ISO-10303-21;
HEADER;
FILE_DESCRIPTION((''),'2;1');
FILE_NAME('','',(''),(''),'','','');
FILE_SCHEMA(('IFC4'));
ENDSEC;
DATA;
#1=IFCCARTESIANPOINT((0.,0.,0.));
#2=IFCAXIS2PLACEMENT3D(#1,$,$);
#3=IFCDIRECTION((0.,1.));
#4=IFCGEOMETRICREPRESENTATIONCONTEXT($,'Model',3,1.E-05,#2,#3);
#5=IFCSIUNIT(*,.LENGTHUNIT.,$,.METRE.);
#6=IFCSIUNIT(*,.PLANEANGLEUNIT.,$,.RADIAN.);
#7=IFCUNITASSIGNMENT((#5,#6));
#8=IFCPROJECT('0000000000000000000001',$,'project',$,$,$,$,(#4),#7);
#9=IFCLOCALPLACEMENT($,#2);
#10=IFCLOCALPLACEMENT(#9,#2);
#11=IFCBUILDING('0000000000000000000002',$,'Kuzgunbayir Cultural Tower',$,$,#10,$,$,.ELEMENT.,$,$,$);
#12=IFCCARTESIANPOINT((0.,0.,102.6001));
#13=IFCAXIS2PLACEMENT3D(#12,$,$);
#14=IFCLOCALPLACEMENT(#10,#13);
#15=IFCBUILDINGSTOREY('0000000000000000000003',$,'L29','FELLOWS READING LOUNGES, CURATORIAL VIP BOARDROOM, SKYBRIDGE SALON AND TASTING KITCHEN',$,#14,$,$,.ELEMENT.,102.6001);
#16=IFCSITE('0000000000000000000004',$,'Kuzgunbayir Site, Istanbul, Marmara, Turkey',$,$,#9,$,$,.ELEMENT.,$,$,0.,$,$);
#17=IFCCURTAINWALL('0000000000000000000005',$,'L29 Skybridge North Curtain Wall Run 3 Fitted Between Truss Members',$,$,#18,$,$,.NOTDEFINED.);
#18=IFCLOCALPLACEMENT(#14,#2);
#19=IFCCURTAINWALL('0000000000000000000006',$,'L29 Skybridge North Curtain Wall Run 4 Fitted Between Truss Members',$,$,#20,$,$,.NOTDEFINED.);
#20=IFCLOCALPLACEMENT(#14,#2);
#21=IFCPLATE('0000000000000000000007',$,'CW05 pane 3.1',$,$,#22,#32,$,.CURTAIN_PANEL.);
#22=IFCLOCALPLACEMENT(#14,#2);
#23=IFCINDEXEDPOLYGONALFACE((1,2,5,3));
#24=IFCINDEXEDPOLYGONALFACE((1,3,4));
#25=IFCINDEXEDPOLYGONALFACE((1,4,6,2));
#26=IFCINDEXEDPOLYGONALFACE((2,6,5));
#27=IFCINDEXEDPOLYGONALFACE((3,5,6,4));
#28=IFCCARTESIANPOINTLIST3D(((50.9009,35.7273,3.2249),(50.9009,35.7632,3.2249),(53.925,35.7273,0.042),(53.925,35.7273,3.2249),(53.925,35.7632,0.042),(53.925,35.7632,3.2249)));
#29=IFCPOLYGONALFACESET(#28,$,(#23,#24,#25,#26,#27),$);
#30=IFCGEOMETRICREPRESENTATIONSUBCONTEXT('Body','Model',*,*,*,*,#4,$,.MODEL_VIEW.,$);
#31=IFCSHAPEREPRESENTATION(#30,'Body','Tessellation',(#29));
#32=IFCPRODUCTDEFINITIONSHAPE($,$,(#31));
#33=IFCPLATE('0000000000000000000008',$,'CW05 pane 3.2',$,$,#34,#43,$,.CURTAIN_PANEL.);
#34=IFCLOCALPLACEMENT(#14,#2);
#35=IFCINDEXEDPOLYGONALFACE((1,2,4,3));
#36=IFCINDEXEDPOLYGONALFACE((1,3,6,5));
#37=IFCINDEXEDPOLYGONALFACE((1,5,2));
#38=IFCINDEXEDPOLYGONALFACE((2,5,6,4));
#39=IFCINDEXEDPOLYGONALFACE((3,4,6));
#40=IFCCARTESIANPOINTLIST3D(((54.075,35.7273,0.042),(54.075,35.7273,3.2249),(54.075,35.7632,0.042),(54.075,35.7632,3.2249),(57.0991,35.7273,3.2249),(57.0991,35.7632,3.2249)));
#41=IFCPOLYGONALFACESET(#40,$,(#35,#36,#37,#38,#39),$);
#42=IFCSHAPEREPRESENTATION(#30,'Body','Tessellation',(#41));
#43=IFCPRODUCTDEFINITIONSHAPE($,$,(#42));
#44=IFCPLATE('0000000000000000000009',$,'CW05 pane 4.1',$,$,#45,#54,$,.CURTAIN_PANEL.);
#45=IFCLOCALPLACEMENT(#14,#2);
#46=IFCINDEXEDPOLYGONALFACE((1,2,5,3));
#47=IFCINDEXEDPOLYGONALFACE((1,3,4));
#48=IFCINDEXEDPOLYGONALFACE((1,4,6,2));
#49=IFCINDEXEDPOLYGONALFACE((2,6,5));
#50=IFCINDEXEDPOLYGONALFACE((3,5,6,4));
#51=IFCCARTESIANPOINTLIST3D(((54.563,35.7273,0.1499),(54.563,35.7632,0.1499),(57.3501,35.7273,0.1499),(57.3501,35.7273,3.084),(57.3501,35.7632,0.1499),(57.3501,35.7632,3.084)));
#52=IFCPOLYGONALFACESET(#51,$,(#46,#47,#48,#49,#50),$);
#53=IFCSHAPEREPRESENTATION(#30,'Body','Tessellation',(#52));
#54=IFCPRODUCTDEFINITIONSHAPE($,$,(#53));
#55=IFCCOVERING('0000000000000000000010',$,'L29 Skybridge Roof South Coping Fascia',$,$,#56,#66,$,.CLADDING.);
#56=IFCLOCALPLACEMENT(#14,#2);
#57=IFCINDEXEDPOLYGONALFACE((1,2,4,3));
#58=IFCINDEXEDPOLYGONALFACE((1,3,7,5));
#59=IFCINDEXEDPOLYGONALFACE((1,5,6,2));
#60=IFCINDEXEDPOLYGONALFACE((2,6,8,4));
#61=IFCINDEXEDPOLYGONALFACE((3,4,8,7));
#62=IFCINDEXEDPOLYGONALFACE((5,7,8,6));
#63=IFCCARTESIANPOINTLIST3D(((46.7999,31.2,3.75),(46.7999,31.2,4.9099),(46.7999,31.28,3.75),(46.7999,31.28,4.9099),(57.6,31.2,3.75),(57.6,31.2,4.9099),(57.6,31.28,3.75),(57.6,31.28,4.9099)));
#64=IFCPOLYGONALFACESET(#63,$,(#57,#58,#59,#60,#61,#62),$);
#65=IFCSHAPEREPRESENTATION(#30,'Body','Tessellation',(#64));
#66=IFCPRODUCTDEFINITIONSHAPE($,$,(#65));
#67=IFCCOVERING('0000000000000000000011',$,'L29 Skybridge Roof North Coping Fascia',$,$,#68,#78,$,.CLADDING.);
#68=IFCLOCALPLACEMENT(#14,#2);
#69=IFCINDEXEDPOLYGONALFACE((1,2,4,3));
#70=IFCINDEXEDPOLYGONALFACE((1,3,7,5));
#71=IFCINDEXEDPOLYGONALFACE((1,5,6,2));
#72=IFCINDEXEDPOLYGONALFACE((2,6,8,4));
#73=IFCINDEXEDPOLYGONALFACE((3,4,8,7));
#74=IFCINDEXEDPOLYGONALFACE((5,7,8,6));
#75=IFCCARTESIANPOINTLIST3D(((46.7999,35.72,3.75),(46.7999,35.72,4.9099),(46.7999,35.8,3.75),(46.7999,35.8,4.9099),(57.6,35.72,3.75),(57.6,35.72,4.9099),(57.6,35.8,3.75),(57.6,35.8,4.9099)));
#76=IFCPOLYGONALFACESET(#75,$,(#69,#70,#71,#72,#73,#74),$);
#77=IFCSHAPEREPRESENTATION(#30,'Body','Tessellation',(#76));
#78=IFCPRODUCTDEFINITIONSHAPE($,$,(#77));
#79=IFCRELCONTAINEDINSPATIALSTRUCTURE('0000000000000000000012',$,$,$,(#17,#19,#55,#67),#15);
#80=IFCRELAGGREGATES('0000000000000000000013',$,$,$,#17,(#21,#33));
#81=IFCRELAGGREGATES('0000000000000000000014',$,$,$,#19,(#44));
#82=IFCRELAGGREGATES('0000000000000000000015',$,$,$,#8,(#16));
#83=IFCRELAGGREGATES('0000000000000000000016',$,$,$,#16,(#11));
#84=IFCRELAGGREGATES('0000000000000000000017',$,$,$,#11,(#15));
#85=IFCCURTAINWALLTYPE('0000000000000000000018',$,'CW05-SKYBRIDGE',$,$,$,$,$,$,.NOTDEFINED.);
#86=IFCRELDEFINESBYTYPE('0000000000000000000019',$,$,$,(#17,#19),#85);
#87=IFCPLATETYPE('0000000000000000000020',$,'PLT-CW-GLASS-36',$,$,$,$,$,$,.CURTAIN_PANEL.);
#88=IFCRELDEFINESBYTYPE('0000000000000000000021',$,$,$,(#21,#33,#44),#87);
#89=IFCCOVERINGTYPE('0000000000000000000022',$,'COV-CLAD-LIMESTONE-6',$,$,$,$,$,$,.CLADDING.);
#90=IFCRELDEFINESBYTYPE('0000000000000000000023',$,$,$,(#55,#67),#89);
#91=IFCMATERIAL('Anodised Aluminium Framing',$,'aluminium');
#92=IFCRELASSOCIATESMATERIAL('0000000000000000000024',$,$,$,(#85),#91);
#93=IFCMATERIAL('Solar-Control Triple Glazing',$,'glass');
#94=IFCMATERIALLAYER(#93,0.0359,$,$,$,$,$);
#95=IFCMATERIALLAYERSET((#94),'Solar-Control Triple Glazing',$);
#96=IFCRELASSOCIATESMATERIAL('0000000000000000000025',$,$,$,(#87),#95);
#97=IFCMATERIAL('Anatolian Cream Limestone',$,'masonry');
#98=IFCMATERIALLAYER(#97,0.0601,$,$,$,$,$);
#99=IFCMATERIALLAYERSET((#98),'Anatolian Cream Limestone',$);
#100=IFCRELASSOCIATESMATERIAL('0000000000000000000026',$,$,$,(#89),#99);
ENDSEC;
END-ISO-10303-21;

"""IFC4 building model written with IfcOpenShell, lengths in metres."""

from ifc_helpers import new_model, si_unit, direction, frame, origin, origin_2d, place, context, subcontext, project, spatial, polyline, rectangle, outline, extrude, material, layer, layer_set, type_object, element, aggregate, save


model = new_model("IFC4")

# Units and contexts
model_context = context("Model", 3, precision=1e-05, world=origin(), true_north=direction((0.0, 1.0)))
body_context = subcontext(model_context, "Body", "Model", "MODEL_VIEW")
ifc_project = project(units=[si_unit("LENGTHUNIT", "METRE"), si_unit("PLANEANGLEUNIT", "RADIAN")], contexts=[model_context])

# Site, building, storey
site_placement = place(None, origin())
site = spatial("IfcSite", under=ifc_project, at=site_placement, Name="Kuzgunbayir Site, Istanbul, Marmara, Turkey", CompositionType="ELEMENT", RefElevation=0.0)
building_placement = place(site_placement, origin())
building = spatial("IfcBuilding", under=site, at=building_placement, Name="Kuzgunbayir Cultural Tower", CompositionType="ELEMENT")
storey_placement = place(building_placement, frame((0.0, 0.0, 102.6001)))
storey = spatial("IfcBuildingStorey", under=building, at=storey_placement, Name="L29", Description="FELLOWS READING LOUNGES, CURATORIAL VIP BOARDROOM, SKYBRIDGE SALON AND TASTING KITCHEN", CompositionType="ELEMENT", Elevation=102.6001)

# Curtain wall
ifc_material_1 = material(Name="Anodised Aluminium Framing", Category="aluminium")
curtain_wall_type = type_object("IfcCurtainWallType", Name="CW05-SKYBRIDGE", PredefinedType="NOTDEFINED", material=ifc_material_1)
curtain_wall_1_placement = place(storey_placement, origin())
curtain_wall_1 = element("IfcCurtainWall", 1, at=curtain_wall_1_placement, inside=storey, type_object=curtain_wall_type, Name="L29 Skybridge North Curtain Wall Run 3 Fitted Between Truss Members", PredefinedType="NOTDEFINED")

# Curtain wall
curtain_wall_2_placement = place(storey_placement, origin())
curtain_wall_2 = element("IfcCurtainWall", 2, at=curtain_wall_2_placement, inside=storey, type_object=curtain_wall_type, Name="L29 Skybridge North Curtain Wall Run 4 Fitted Between Truss Members", PredefinedType="NOTDEFINED")

# Plates
ifc_material_2 = material(Name="Solar-Control Triple Glazing", Category="glass")
ifc_layer_1 = layer(ifc_material_2, 0.0359)
ifc_layer_set_1 = layer_set([ifc_layer_1], Name="Solar-Control Triple Glazing")
plate_type_1 = type_object("IfcPlateType", Name="PLT-CW-GLASS-36", PredefinedType="CURTAIN_PANEL", material=ifc_layer_set_1)
plate_1_placement = place(storey_placement, frame((50.9009, 35.7632, 3.2249), z_axis=(0.0, 1.0, 0.0), x_axis=(1.0, 0.0, 0.0)))
plate_1 = element("IfcPlate", 3, at=plate_1_placement, type_object=plate_type_1, Name="CW05 pane 3.1", PredefinedType="CURTAIN_PANEL", context=body_context, shape_type="SweptSolid", body=[
    extrude(outline(polyline([(0.0, 0.0), (3.0242, 0.0), (3.0242, 3.1829), (0.0, 0.0)])), origin(), (0.0, 0.0, -1.0), 0.0359),
])
plate_2_placement = place(storey_placement, frame((54.075, 35.7632, 3.2249), z_axis=(0.0, 1.0, 0.0), x_axis=(1.0, 0.0, 0.0)))
plate_2 = element("IfcPlate", 4, at=plate_2_placement, type_object=plate_type_1, Name="CW05 pane 3.2", PredefinedType="CURTAIN_PANEL", context=body_context, shape_type="SweptSolid", body=[
    extrude(outline(polyline([(0.0, 0.0), (3.0242, 0.0), (0.0, 3.1829), (0.0, 0.0)])), origin(), (0.0, 0.0, -1.0), 0.0359),
])
aggregate(curtain_wall_1, [plate_1, plate_2])
plate_3_placement = place(storey_placement, frame((54.563, 35.7632, 0.1499), z_axis=(0.0, 1.0, 0.0), x_axis=(1.0, 0.0, 0.0)))
plate_3 = element("IfcPlate", 5, at=plate_3_placement, type_object=plate_type_1, Name="CW05 pane 4.1", PredefinedType="CURTAIN_PANEL", context=body_context, shape_type="SweptSolid", body=[
    extrude(outline(polyline([(0.0, 0.0), (2.7871, 0.0), (2.7871, -2.9341), (0.0, 0.0)])), origin(), (0.0, 0.0, -1.0), 0.0359),
])
aggregate(curtain_wall_2, [plate_3])

# Coverings
ifc_material_3 = material(Name="Anatolian Cream Limestone", Category="masonry")
ifc_layer_2 = layer(ifc_material_3, 0.0601)
ifc_layer_set_2 = layer_set([ifc_layer_2], Name="Anatolian Cream Limestone")
covering_type = type_object("IfcCoveringType", Name="COV-CLAD-LIMESTONE-6", PredefinedType="CLADDING", material=ifc_layer_set_2)
for number, where, z_axis, x_axis, name in (
    (6, (52.2, 31.24, 3.75), (0.0, 0.0, 1.0), (1.0, 0.0, 0.0), "L29 Skybridge Roof South Coping Fascia"),
    (7, (52.2, 35.76, 3.75), (0.0, 0.0, 1.0), (1.0, 0.0, 0.0), "L29 Skybridge Roof North Coping Fascia"),
):
    element("IfcCovering", number, at=place(storey_placement, frame(where, z_axis=z_axis, x_axis=x_axis)), inside=storey, type_object=covering_type, Name=name, PredefinedType="CLADDING", context=body_context, shape_type="SweptSolid", body=[
        extrude(rectangle(XDim=10.8, YDim=0.0801, at=origin_2d()), origin(), (0.0, 0.0, 1.0), 1.1599),
    ])

save(model, "model.ifc")
